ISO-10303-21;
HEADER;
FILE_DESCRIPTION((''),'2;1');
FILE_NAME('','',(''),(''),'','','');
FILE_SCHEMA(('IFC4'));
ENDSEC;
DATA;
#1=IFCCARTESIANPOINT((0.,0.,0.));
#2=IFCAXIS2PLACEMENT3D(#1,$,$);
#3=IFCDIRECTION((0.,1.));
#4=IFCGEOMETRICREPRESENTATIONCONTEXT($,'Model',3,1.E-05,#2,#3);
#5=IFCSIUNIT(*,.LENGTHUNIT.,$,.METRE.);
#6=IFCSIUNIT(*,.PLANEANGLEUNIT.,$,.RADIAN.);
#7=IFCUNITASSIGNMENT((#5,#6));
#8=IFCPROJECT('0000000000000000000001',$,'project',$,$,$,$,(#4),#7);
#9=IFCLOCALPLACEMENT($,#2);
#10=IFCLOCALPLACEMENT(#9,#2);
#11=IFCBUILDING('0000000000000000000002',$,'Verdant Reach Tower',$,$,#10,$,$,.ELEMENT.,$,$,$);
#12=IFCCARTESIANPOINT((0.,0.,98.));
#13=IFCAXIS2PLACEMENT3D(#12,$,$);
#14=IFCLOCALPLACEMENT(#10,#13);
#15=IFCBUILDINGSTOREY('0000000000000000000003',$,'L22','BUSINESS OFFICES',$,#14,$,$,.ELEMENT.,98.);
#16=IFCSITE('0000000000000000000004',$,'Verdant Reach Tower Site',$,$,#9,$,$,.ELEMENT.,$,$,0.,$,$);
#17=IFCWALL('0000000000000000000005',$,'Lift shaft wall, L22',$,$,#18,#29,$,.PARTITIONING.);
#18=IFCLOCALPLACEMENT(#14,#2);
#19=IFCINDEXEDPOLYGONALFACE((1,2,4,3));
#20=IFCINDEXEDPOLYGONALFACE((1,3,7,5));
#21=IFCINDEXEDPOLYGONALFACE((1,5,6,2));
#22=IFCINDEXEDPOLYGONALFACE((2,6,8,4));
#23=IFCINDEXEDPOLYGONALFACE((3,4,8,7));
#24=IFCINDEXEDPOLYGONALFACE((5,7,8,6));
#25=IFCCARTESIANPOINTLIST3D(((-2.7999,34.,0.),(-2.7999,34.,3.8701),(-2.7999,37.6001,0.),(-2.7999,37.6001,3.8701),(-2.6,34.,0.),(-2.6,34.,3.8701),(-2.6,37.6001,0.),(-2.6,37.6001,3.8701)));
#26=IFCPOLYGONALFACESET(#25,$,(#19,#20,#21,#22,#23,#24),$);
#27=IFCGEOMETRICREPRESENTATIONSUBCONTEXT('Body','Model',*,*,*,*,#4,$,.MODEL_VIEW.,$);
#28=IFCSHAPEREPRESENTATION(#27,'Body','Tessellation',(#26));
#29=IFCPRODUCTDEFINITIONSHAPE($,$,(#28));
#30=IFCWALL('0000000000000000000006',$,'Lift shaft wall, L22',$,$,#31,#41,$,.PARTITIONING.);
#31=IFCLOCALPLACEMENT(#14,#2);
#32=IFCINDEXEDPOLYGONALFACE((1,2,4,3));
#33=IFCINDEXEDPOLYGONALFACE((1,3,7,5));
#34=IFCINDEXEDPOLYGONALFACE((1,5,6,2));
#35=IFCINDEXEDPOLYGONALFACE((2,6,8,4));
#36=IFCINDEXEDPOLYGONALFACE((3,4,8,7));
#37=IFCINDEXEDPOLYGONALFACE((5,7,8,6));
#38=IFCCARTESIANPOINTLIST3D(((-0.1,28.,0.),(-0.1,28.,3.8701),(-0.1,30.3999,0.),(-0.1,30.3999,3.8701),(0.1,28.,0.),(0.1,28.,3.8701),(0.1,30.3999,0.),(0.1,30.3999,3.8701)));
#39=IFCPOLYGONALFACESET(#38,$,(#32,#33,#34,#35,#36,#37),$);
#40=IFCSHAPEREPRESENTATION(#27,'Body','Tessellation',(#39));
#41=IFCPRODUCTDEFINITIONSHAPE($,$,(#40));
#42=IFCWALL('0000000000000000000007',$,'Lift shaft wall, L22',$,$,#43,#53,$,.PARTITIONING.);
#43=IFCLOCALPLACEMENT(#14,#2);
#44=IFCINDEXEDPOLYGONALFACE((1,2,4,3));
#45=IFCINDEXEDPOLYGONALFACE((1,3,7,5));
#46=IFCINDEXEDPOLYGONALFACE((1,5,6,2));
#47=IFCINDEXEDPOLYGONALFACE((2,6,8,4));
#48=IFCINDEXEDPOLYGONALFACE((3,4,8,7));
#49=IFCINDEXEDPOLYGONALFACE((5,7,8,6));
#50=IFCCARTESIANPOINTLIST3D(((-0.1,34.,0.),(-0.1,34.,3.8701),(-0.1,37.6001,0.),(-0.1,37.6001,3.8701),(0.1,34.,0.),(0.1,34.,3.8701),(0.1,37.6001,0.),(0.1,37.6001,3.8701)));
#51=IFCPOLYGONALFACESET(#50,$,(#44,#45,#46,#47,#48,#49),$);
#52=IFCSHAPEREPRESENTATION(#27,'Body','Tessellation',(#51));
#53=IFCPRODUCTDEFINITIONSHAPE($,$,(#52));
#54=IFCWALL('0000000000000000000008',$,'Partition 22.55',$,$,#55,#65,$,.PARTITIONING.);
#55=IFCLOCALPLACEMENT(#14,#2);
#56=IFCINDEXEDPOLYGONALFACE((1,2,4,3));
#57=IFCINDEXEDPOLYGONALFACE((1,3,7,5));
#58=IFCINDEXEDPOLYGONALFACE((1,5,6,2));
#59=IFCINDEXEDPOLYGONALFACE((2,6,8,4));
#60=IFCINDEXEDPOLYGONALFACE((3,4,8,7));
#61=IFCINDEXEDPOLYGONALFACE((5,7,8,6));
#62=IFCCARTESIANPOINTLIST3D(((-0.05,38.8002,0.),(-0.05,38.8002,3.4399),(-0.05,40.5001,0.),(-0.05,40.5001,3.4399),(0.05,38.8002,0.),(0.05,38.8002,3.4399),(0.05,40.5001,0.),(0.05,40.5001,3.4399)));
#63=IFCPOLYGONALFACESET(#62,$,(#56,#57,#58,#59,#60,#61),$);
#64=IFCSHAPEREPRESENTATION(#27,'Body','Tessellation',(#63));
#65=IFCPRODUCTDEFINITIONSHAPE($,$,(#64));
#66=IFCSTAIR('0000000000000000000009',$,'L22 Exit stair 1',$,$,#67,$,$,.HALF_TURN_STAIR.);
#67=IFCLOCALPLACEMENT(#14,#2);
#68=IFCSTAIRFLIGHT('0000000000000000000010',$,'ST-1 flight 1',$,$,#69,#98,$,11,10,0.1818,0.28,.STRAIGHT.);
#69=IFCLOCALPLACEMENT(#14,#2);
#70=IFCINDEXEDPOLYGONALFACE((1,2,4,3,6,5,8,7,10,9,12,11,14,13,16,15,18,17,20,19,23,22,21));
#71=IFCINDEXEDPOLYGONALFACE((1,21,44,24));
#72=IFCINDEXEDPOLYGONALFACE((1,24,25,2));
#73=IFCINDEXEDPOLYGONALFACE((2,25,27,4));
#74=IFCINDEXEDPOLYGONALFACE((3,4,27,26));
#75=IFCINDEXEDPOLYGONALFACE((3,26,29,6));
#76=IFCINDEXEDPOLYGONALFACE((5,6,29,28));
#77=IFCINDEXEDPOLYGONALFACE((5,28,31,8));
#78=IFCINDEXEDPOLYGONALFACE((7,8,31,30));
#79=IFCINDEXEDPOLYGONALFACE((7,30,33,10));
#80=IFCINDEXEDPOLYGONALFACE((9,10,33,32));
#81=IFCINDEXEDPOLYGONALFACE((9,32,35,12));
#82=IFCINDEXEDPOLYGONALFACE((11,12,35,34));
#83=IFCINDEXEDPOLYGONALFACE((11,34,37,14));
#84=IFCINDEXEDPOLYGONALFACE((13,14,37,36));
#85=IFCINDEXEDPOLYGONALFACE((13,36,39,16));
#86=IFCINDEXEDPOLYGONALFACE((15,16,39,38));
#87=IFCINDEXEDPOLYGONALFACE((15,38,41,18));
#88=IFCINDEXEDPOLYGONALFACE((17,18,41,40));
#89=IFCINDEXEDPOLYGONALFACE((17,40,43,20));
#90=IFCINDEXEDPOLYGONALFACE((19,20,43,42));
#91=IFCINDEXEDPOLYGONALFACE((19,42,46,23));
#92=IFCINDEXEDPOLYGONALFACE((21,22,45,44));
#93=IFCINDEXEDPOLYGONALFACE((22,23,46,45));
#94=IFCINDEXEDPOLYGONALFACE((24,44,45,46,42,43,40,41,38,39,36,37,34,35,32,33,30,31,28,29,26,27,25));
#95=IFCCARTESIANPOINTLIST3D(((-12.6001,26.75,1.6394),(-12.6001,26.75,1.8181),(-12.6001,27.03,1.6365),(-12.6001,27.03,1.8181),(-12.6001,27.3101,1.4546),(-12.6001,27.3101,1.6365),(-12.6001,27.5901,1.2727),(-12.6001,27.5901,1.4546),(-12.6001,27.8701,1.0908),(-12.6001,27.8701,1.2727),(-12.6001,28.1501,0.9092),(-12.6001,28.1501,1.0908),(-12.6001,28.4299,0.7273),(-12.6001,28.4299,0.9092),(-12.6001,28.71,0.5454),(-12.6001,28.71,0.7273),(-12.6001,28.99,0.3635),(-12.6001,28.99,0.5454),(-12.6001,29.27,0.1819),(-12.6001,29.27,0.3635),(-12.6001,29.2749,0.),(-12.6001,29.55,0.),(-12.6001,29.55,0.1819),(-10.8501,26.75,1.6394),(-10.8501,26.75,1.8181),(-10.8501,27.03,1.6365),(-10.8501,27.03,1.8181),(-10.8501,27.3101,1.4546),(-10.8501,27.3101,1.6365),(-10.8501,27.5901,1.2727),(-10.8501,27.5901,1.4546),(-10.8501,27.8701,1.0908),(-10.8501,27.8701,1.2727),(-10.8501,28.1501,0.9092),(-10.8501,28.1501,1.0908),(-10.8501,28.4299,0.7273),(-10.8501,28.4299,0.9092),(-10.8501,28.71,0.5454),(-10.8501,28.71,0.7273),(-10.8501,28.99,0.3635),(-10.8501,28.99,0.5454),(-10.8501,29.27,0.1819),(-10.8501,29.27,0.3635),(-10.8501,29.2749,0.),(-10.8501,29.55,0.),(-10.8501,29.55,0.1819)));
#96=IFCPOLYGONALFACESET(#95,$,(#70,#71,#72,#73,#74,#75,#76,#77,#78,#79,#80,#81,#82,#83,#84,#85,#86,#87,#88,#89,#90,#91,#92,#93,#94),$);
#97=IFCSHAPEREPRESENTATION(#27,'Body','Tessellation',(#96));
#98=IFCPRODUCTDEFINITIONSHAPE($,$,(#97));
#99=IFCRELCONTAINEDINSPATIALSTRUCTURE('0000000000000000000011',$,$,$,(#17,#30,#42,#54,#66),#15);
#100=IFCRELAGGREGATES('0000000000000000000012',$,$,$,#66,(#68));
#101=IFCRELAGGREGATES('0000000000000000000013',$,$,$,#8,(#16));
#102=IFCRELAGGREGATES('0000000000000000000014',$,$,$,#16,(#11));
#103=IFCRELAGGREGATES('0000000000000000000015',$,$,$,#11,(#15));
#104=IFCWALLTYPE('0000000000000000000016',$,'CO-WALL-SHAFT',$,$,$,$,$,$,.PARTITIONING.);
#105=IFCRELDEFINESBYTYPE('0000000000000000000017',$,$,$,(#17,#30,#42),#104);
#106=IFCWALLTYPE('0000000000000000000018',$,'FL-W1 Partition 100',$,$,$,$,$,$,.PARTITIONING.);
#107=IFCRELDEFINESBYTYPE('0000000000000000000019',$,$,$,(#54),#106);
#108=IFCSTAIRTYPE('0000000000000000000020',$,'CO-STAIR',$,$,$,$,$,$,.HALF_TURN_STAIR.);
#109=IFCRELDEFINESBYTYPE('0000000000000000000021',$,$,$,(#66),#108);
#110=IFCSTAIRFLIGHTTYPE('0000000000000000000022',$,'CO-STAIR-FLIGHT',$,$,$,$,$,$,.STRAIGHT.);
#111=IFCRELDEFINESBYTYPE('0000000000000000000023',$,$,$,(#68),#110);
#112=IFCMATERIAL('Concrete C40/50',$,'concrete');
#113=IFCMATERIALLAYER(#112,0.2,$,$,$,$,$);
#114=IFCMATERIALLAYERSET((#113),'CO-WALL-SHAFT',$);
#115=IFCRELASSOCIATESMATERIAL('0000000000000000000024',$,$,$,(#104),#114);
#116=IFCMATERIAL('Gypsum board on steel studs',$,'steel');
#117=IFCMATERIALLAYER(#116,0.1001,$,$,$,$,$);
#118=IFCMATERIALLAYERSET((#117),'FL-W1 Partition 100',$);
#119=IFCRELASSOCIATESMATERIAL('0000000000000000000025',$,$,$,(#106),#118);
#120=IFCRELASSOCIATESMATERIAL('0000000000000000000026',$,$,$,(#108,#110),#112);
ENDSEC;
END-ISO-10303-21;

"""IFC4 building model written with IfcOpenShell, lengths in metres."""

from ifc_helpers import new_model, si_unit, direction, frame, frame_2d, origin, place, context, subcontext, project, spatial, polyline, rectangle, outline, extrude, material, layer, layer_set, type_object, element, aggregate, save


model = new_model("IFC4")

# Units and contexts
model_context = context("Model", 3, precision=1e-05, world=origin(), true_north=direction((0.0, 1.0)))
body_context = subcontext(model_context, "Body", "Model", "MODEL_VIEW")
ifc_project = project(units=[si_unit("LENGTHUNIT", "METRE"), si_unit("PLANEANGLEUNIT", "RADIAN")], contexts=[model_context])

# Site, building, storey
site_placement = place(None, origin())
site = spatial("IfcSite", under=ifc_project, at=site_placement, Name="Verdant Reach Tower Site", CompositionType="ELEMENT", RefElevation=0.0)
building_placement = place(site_placement, origin())
building = spatial("IfcBuilding", under=site, at=building_placement, Name="Verdant Reach Tower", CompositionType="ELEMENT")
storey_placement = place(building_placement, frame((0.0, 0.0, 98.0)))
storey = spatial("IfcBuildingStorey", under=building, at=storey_placement, Name="L22", Description="BUSINESS OFFICES", CompositionType="ELEMENT", Elevation=98.0)

# Shared definitions
ifc_material_1 = material(Name="Concrete C40/50", Category="concrete")
ifc_layer_1 = layer(ifc_material_1, 0.2)
ifc_layer_set_1 = layer_set([ifc_layer_1], Name="CO-WALL-SHAFT")
wall_type_1 = type_object("IfcWallType", Name="CO-WALL-SHAFT", PredefinedType="PARTITIONING", material=ifc_layer_set_1)

# Walls
wall_1_placement = place(storey_placement, frame((-2.7, 34.0, 0.0), z_axis=(0.0, 0.0, 1.0), x_axis=(0.0, 1.0, 0.0)))
element("IfcWall", 1, at=wall_1_placement, inside=storey, type_object=wall_type_1, Name="Lift shaft wall, L22", PredefinedType="PARTITIONING", context=body_context, shape_type="SweptSolid", body=[
    extrude(rectangle(XDim=3.6001, YDim=0.2, at=frame_2d((1.8, 0.0))), origin(), (0.0, 0.0, 1.0), 3.8701),
])
wall_2_placement = place(storey_placement, frame((0.0, 28.0, 0.0), z_axis=(0.0, 0.0, 1.0), x_axis=(0.0, 1.0, 0.0)))
element("IfcWall", 2, at=wall_2_placement, inside=storey, type_object=wall_type_1, Name="Lift shaft wall, L22", PredefinedType="PARTITIONING", context=body_context, shape_type="SweptSolid", body=[
    extrude(rectangle(XDim=2.3999, YDim=0.2, at=frame_2d((1.2, 0.0))), origin(), (0.0, 0.0, 1.0), 3.8701),
])
wall_3_placement = place(storey_placement, frame((0.0, 34.0, 0.0), z_axis=(0.0, 0.0, 1.0), x_axis=(0.0, 1.0, 0.0)))
element("IfcWall", 3, at=wall_3_placement, inside=storey, type_object=wall_type_1, Name="Lift shaft wall, L22", PredefinedType="PARTITIONING", context=body_context, shape_type="SweptSolid", body=[
    extrude(rectangle(XDim=3.6001, YDim=0.2, at=frame_2d((1.8, 0.0))), origin(), (0.0, 0.0, 1.0), 3.8701),
])
ifc_material_2 = material(Name="Gypsum board on steel studs", Category="steel")
ifc_layer_2 = layer(ifc_material_2, 0.1001)
ifc_layer_set_2 = layer_set([ifc_layer_2], Name="FL-W1 Partition 100")
wall_type_2 = type_object("IfcWallType", Name="FL-W1 Partition 100", PredefinedType="PARTITIONING", material=ifc_layer_set_2)
wall_4_placement = place(storey_placement, frame((0.0, 38.8, 0.0), z_axis=(0.0, 0.0, 1.0), x_axis=(0.0, 1.0, 0.0)))
element("IfcWall", 4, at=wall_4_placement, inside=storey, type_object=wall_type_2, Name="Partition 22.55", PredefinedType="PARTITIONING", context=body_context, shape_type="SweptSolid", body=[
    extrude(rectangle(XDim=1.7, YDim=0.1001, at=frame_2d((0.8501, 0.0))), origin(), (0.0, 0.0, 1.0), 3.4399),
])

# Stair, stair flight
stair_type = type_object("IfcStairType", Name="CO-STAIR", PredefinedType="HALF_TURN_STAIR", material=ifc_material_1)
stair_placement = place(storey_placement, origin())
stair = element("IfcStair", 5, at=stair_placement, inside=storey, type_object=stair_type, Name="L22 Exit stair 1", PredefinedType="HALF_TURN_STAIR")
stair_flight_type = type_object("IfcStairFlightType", Name="CO-STAIR-FLIGHT", PredefinedType="STRAIGHT", material=ifc_material_1)
stair_flight_placement = place(storey_placement, frame((-11.7251, 29.55, 0.0), z_axis=(0.0, 0.0, 1.0), x_axis=(0.0, -1.0, 0.0)))
stair_flight = element("IfcStairFlight", 6, at=stair_flight_placement, type_object=stair_flight_type, Name="ST-1 flight 1", NumberOfRisers=11, NumberOfTreads=10, PredefinedType="STRAIGHT", RiserHeight=0.1818, TreadLength=0.28, context=body_context, shape_type="SweptSolid", body=[
    extrude(outline(polyline([(0.0, 0.0), (0.0, 0.1819), (0.28, 0.1819), (0.28, 0.3635), (0.5601, 0.3635), (0.5601, 0.5454), (0.8401, 0.5454), (0.8401, 0.7273), (1.1201, 0.7273), (1.1201, 0.9092), (1.3999, 0.9092), (1.3999, 1.0908), (1.6799, 1.0908), (1.6799, 1.2727), (1.96, 1.2727), (1.96, 1.4546), (2.24, 1.4546), (2.24, 1.6365), (2.52, 1.6365), (2.52, 1.8181), (2.8, 1.8181), (2.8, 2.0), (2.8, 1.6394), (0.2751, 0.0), (0.0, 0.0)])), frame((0.0, 0.875, 0.0), z_axis=(0.0, -1.0, 0.0), x_axis=(1.0, 0.0, 0.0)), (0.0, 0.0, 1.0), 1.75),
])
aggregate(stair, [stair_flight])

save(model, "model.ifc")
